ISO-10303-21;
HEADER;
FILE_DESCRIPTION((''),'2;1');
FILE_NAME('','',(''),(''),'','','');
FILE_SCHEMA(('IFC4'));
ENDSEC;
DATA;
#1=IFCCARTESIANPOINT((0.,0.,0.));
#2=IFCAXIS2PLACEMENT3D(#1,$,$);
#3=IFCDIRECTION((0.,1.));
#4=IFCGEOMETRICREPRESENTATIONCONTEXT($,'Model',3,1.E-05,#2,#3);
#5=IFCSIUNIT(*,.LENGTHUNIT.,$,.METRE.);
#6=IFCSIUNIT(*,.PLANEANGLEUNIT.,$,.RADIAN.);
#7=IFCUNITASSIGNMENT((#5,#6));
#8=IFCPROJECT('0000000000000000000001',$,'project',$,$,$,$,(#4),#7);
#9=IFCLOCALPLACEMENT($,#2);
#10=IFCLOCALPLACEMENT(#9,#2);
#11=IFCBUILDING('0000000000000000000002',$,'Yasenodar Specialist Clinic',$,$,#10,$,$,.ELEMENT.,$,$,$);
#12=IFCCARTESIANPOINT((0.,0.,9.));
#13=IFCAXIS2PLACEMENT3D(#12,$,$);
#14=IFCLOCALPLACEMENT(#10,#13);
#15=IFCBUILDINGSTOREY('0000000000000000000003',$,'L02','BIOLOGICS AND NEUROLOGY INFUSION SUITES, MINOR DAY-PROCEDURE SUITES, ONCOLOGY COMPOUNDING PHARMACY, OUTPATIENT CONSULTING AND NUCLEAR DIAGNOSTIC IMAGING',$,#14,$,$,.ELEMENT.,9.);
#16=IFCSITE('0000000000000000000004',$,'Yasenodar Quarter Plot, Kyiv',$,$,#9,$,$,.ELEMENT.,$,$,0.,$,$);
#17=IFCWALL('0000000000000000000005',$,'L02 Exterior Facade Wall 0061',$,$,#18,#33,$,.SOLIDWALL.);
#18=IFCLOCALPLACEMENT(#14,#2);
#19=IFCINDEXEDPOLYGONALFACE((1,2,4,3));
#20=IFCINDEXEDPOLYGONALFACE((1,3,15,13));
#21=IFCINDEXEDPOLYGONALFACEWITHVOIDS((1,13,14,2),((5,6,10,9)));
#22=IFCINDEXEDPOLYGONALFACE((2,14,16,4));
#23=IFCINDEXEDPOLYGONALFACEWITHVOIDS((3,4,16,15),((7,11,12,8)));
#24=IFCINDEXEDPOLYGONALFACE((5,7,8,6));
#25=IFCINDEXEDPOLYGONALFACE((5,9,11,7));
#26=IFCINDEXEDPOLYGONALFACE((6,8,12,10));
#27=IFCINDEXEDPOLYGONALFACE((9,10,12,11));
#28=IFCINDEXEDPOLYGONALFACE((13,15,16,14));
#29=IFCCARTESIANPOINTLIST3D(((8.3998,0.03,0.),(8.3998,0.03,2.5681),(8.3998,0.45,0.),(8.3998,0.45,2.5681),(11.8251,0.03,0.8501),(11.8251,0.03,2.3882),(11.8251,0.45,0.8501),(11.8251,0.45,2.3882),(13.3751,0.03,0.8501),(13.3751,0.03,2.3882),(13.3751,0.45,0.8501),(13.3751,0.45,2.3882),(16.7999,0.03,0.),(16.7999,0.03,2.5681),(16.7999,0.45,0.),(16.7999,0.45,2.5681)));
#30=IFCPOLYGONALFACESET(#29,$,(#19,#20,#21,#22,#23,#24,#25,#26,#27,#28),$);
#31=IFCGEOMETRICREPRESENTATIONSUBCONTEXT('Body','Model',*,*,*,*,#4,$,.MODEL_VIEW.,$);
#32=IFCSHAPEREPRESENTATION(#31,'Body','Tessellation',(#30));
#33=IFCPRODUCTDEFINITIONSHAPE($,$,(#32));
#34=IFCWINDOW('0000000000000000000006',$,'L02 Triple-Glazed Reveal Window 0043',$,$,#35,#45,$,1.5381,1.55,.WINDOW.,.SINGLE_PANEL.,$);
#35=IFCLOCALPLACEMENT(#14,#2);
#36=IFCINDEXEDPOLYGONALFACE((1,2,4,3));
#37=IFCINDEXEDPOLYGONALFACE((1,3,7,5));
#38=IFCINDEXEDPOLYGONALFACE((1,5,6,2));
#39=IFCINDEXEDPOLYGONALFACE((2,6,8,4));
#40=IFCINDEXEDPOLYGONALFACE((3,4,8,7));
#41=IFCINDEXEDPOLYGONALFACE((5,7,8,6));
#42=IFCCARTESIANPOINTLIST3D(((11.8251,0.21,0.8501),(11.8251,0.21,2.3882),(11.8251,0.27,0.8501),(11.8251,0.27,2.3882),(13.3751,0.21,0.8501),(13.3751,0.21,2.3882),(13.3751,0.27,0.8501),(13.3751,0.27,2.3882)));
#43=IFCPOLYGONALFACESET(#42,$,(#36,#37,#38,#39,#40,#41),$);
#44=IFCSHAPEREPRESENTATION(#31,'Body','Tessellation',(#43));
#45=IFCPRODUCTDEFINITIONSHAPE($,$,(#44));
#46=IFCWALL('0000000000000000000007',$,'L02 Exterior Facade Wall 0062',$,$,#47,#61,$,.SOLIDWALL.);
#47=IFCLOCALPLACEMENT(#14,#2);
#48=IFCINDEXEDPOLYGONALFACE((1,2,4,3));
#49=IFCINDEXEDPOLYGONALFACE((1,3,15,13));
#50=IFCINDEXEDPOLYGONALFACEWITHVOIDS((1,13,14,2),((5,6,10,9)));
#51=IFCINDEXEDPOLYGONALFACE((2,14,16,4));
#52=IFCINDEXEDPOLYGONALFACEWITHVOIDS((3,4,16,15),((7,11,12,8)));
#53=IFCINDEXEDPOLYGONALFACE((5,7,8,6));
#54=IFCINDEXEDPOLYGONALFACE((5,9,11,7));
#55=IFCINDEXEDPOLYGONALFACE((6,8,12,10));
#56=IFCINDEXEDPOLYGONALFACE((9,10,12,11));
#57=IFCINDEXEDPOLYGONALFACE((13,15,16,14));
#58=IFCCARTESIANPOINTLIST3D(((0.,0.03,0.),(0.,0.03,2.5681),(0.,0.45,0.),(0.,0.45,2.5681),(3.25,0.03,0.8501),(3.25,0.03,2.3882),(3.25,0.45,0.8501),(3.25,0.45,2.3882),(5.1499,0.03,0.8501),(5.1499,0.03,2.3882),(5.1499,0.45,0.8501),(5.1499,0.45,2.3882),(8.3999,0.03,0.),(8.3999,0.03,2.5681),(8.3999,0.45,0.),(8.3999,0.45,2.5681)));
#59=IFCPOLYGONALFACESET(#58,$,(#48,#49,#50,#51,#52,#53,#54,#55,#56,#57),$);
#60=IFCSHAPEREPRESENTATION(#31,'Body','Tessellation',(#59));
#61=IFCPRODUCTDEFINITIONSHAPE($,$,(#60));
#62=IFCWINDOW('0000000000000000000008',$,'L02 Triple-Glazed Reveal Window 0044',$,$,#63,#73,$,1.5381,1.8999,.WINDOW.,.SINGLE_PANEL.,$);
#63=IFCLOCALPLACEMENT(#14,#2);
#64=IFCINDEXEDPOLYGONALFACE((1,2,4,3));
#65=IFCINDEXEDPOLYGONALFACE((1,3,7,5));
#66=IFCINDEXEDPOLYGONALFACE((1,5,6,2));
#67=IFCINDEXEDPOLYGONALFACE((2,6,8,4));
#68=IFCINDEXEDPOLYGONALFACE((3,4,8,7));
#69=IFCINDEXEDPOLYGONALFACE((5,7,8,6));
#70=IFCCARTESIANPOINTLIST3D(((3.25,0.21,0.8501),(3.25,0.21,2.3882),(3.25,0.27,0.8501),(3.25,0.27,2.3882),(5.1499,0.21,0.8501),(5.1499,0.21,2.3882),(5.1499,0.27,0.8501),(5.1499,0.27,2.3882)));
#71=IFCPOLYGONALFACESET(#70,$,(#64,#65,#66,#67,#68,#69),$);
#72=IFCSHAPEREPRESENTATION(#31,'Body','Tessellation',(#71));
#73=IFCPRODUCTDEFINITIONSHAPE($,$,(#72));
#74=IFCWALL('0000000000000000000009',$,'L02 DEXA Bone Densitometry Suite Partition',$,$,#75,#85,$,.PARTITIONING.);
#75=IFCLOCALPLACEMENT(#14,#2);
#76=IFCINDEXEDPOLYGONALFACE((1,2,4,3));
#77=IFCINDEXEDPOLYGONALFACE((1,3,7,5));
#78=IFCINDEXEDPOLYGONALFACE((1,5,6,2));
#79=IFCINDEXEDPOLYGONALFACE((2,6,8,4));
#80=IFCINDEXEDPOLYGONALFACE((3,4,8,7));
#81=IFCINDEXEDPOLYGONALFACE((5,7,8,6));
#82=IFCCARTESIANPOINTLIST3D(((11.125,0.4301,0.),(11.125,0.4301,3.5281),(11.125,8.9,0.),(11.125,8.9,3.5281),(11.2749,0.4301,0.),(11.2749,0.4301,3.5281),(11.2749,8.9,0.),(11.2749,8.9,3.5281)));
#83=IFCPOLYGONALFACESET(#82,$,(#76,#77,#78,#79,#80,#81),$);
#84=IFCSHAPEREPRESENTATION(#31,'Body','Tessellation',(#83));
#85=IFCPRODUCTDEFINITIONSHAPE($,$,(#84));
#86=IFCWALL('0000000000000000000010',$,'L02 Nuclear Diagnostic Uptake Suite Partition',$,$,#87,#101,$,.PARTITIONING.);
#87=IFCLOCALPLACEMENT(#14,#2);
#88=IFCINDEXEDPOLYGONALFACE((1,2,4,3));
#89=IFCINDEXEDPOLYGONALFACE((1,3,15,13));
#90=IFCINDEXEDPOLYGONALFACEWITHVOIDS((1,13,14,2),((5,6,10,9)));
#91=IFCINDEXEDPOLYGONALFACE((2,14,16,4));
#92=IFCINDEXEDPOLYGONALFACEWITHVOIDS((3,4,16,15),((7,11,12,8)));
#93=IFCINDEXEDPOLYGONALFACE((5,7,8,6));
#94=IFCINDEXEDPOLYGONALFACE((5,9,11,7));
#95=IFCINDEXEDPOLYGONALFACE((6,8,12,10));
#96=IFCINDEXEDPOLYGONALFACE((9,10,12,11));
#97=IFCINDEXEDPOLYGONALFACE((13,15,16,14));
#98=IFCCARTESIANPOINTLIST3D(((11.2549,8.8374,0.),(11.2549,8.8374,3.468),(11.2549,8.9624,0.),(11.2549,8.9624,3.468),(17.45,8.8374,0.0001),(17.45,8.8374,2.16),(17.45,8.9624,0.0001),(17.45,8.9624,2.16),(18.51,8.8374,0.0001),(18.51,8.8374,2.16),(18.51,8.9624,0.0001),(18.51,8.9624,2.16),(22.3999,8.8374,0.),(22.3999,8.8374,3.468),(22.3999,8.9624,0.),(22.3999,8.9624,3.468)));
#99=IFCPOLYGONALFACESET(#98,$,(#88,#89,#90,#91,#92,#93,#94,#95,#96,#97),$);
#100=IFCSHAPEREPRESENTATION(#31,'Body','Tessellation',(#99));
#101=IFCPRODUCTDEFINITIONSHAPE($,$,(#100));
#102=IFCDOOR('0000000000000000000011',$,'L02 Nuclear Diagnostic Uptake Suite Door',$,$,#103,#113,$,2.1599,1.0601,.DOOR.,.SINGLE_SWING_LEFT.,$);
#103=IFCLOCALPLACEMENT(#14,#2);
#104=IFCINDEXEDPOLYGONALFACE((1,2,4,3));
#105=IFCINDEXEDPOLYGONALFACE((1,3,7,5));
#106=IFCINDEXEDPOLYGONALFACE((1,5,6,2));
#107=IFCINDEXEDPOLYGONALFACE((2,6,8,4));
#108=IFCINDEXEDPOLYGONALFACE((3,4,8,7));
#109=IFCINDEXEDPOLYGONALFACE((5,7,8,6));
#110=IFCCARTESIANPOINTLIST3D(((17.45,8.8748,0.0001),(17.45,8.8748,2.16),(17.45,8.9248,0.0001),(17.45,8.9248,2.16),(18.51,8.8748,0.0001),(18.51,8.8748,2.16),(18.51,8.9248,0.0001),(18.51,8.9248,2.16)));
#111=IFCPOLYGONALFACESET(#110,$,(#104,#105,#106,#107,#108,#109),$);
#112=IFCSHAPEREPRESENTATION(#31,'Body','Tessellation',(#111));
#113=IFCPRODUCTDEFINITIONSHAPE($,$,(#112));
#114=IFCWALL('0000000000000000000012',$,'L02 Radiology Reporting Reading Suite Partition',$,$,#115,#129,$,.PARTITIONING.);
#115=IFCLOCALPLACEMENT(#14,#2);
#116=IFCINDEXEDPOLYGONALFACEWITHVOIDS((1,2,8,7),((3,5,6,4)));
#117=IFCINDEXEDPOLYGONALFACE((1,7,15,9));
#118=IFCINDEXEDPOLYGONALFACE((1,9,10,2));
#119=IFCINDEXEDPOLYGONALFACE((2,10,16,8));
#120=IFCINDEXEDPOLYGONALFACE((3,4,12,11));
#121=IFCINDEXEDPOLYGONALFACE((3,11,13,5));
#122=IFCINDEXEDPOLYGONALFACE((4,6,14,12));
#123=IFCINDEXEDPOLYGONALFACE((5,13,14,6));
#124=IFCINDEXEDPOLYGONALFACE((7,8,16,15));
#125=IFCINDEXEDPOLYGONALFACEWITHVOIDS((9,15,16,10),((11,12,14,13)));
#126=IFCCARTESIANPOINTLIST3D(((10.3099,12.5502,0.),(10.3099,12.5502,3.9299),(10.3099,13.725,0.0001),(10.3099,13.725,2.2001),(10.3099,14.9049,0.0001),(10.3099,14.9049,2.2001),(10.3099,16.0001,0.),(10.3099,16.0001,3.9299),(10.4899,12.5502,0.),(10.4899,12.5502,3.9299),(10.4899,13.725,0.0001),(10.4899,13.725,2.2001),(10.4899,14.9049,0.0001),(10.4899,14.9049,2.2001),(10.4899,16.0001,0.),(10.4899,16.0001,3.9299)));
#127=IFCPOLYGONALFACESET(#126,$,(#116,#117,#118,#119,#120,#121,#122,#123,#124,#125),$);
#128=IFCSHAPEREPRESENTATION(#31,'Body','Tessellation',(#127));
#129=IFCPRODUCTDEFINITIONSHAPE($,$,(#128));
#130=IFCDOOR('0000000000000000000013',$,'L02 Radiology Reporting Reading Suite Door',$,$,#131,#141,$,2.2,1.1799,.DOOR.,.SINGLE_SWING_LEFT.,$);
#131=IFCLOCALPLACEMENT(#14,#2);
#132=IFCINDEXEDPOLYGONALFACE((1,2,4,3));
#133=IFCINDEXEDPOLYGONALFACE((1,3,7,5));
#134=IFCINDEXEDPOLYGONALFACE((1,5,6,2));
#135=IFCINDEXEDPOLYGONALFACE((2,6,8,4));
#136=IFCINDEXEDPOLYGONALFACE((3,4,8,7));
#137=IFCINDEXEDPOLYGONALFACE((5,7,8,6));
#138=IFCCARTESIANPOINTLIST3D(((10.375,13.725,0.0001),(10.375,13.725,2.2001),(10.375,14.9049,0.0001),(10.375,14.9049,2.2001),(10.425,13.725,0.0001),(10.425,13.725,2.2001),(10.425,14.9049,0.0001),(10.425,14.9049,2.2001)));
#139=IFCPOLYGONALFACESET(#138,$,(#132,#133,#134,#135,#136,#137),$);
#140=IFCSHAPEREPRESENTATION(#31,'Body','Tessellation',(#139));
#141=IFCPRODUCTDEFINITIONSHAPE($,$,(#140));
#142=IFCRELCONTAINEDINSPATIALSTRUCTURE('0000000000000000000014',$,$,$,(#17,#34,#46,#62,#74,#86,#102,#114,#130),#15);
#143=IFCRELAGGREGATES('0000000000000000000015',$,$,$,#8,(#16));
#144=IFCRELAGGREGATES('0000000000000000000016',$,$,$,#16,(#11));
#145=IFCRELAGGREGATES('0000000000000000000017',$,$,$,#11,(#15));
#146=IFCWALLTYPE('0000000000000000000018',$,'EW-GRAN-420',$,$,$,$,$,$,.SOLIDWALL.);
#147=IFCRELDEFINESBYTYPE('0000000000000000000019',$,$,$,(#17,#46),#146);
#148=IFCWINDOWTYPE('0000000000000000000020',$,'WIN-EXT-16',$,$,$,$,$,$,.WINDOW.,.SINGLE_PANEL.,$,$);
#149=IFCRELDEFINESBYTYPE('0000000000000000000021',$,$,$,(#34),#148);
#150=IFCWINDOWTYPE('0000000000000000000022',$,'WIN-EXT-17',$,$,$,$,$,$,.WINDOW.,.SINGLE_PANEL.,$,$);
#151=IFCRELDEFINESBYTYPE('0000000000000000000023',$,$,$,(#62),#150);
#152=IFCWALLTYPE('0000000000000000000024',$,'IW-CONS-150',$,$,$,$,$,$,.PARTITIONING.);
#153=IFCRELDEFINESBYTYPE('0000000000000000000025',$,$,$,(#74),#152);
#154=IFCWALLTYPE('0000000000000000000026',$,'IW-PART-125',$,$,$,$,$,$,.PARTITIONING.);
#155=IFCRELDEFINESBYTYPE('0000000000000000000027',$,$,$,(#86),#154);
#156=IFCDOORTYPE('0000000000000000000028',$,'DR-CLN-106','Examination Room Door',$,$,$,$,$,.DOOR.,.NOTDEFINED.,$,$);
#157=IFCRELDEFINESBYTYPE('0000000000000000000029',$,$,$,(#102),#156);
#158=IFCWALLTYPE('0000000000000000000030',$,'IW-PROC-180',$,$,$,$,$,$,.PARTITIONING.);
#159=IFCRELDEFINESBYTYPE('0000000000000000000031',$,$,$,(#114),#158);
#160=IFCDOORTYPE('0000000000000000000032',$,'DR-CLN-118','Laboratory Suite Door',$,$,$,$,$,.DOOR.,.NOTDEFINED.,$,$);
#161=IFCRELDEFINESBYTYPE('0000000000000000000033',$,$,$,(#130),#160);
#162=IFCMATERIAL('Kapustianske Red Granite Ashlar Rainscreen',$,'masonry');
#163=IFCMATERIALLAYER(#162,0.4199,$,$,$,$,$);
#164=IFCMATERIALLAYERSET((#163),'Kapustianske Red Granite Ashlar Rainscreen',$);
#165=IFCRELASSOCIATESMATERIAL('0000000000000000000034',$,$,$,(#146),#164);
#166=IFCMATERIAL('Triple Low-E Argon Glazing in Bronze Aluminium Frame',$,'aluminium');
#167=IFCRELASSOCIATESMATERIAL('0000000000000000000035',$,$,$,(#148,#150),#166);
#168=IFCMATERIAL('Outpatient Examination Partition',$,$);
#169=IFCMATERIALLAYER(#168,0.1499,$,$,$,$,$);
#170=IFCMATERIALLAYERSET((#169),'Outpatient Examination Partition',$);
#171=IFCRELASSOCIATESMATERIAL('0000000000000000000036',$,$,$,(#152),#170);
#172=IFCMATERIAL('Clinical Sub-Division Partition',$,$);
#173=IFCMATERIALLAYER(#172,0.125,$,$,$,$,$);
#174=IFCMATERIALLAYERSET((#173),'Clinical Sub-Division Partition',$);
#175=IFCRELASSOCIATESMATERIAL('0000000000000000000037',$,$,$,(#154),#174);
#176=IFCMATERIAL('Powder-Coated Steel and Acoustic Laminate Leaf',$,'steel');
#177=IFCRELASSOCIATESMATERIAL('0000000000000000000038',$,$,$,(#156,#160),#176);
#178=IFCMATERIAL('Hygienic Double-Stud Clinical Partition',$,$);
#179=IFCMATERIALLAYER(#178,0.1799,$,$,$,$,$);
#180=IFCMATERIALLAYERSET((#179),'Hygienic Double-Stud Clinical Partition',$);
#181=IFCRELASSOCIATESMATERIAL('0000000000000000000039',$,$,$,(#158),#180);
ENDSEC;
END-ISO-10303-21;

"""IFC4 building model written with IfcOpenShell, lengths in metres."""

from ifc_helpers import new_model, si_unit, direction, frame, frame_2d, origin, place, context, subcontext, project, spatial, rectangle, extrude, material, layer, layer_set, type_object, element, fill, save


model = new_model("IFC4")

# Units and contexts
model_context = context("Model", 3, precision=1e-05, world=origin(), true_north=direction((0.0, 1.0)))
body_context = subcontext(model_context, "Body", "Model", "MODEL_VIEW")
ifc_project = project(units=[si_unit("LENGTHUNIT", "METRE"), si_unit("PLANEANGLEUNIT", "RADIAN")], contexts=[model_context])

# Site, building, storey
site_placement = place(None, origin())
site = spatial("IfcSite", under=ifc_project, at=site_placement, Name="Yasenodar Quarter Plot, Kyiv", CompositionType="ELEMENT", RefElevation=0.0)
building_placement = place(site_placement, origin())
building = spatial("IfcBuilding", under=site, at=building_placement, Name="Yasenodar Specialist Clinic", CompositionType="ELEMENT")
storey_placement = place(building_placement, frame((0.0, 0.0, 9.0)))
storey = spatial("IfcBuildingStorey", under=building, at=storey_placement, Name="L02", Description="BIOLOGICS AND NEUROLOGY INFUSION SUITES, MINOR DAY-PROCEDURE SUITES, ONCOLOGY COMPOUNDING PHARMACY, OUTPATIENT CONSULTING AND NUCLEAR DIAGNOSTIC IMAGING", CompositionType="ELEMENT", Elevation=9.0)

# Walls, openings, windows
ifc_material_1 = material(Name="Kapustianske Red Granite Ashlar Rainscreen", Category="masonry")
ifc_layer_1 = layer(ifc_material_1, 0.4199)
ifc_layer_set_1 = layer_set([ifc_layer_1], Name="Kapustianske Red Granite Ashlar Rainscreen")
wall_type_1 = type_object("IfcWallType", Name="EW-GRAN-420", PredefinedType="SOLIDWALL", material=ifc_layer_set_1)
wall_1_placement = place(storey_placement, frame((16.8, 0.24, 0.0), z_axis=(0.0, 0.0, 1.0), x_axis=(-1.0, 0.0, 0.0)))
wall_1 = element("IfcWall", 1, at=wall_1_placement, inside=storey, type_object=wall_type_1, Name="L02 Exterior Facade Wall 0061", PredefinedType="SOLIDWALL", context=body_context, shape_type="SweptSolid", body=[
    extrude(rectangle(XDim=8.4001, YDim=0.4199, at=frame_2d((4.2002, 0.0))), origin(), (0.0, 0.0, 1.0), 2.5681),
])
opening_1_placement = place(wall_1_placement, frame((3.425, 0.0, 0.8501)))
opening_1 = element("IfcOpeningElement", 2, at=opening_1_placement, cuts=wall_1, PredefinedType="OPENING", context=body_context, shape_type="SweptSolid", body=[
    extrude(rectangle(XDim=1.55, YDim=1.5381, at=frame_2d((0.7749, 0.769))), frame((0.0, 0.22, 0.0), z_axis=(0.0, -1.0, 0.0), x_axis=(1.0, 0.0, 0.0)), (0.0, 0.0, 1.0), 0.4399),
])
ifc_material_2 = material(Name="Triple Low-E Argon Glazing in Bronze Aluminium Frame", Category="aluminium")
window_type_1 = type_object("IfcWindowType", Name="WIN-EXT-16", PartitioningType="SINGLE_PANEL", PredefinedType="WINDOW", material=ifc_material_2)
window_1_placement = place(opening_1_placement, origin())
window_1 = element("IfcWindow", 3, at=window_1_placement, inside=storey, type_object=window_type_1, Name="L02 Triple-Glazed Reveal Window 0043", OverallHeight=1.5381, OverallWidth=1.55, PartitioningType="SINGLE_PANEL", PredefinedType="WINDOW", context=body_context, shape_type="SweptSolid", body=[
    extrude(rectangle(XDim=1.55, YDim=1.5381, at=frame_2d((0.7749, 0.769))), frame((0.0, 0.03, 0.0), z_axis=(0.0, -1.0, 0.0), x_axis=(1.0, 0.0, 0.0)), (0.0, 0.0, 1.0), 0.0601),
])
fill(opening_1, window_1)
wall_2_placement = place(storey_placement, frame((8.3999, 0.24, 0.0), z_axis=(0.0, 0.0, 1.0), x_axis=(-1.0, 0.0, 0.0)))
wall_2 = element("IfcWall", 4, at=wall_2_placement, inside=storey, type_object=wall_type_1, Name="L02 Exterior Facade Wall 0062", PredefinedType="SOLIDWALL", context=body_context, shape_type="SweptSolid", body=[
    extrude(rectangle(XDim=8.3999, YDim=0.4199, at=frame_2d((4.2, 0.0))), origin(), (0.0, 0.0, 1.0), 2.5681),
])
opening_2_placement = place(wall_2_placement, frame((3.25, 0.0, 0.8501)))
opening_2 = element("IfcOpeningElement", 5, at=opening_2_placement, cuts=wall_2, PredefinedType="OPENING", context=body_context, shape_type="SweptSolid", body=[
    extrude(rectangle(XDim=1.8999, YDim=1.5381, at=frame_2d((0.95, 0.769))), frame((0.0, 0.22, 0.0), z_axis=(0.0, -1.0, 0.0), x_axis=(1.0, 0.0, 0.0)), (0.0, 0.0, 1.0), 0.4399),
])
window_type_2 = type_object("IfcWindowType", Name="WIN-EXT-17", PartitioningType="SINGLE_PANEL", PredefinedType="WINDOW", material=ifc_material_2)
window_2_placement = place(opening_2_placement, origin())
window_2 = element("IfcWindow", 6, at=window_2_placement, inside=storey, type_object=window_type_2, Name="L02 Triple-Glazed Reveal Window 0044", OverallHeight=1.5381, OverallWidth=1.8999, PartitioningType="SINGLE_PANEL", PredefinedType="WINDOW", context=body_context, shape_type="SweptSolid", body=[
    extrude(rectangle(XDim=1.8999, YDim=1.5381, at=frame_2d((0.95, 0.769))), frame((0.0, 0.03, 0.0), z_axis=(0.0, -1.0, 0.0), x_axis=(1.0, 0.0, 0.0)), (0.0, 0.0, 1.0), 0.0601),
])
fill(opening_2, window_2)

# Wall
ifc_material_3 = material(Name="Outpatient Examination Partition")
ifc_layer_2 = layer(ifc_material_3, 0.1499)
ifc_layer_set_2 = layer_set([ifc_layer_2], Name="Outpatient Examination Partition")
wall_type_2 = type_object("IfcWallType", Name="IW-CONS-150", PredefinedType="PARTITIONING", material=ifc_layer_set_2)
wall_3_placement = place(storey_placement, frame((11.2, 8.8999, 0.0), z_axis=(0.0, 0.0, 1.0), x_axis=(0.0, -1.0, 0.0)))
element("IfcWall", 7, at=wall_3_placement, inside=storey, type_object=wall_type_2, Name="L02 DEXA Bone Densitometry Suite Partition", PredefinedType="PARTITIONING", context=body_context, shape_type="SweptSolid", body=[
    extrude(rectangle(XDim=8.47, YDim=0.1499, at=frame_2d((4.2349, 0.0))), origin(), (0.0, 0.0, 1.0), 3.5281),
])

# Walls, openings, doors
ifc_material_4 = material(Name="Clinical Sub-Division Partition")
ifc_layer_3 = layer(ifc_material_4, 0.125)
ifc_layer_set_3 = layer_set([ifc_layer_3], Name="Clinical Sub-Division Partition")
wall_type_3 = type_object("IfcWallType", Name="IW-PART-125", PredefinedType="PARTITIONING", material=ifc_layer_set_3)
wall_4_placement = place(storey_placement, frame((11.2549, 8.8999, 0.0), z_axis=(0.0, 0.0, 1.0), x_axis=(1.0, 0.0, 0.0)))
wall_4 = element("IfcWall", 8, at=wall_4_placement, inside=storey, type_object=wall_type_3, Name="L02 Nuclear Diagnostic Uptake Suite Partition", PredefinedType="PARTITIONING", context=body_context, shape_type="SweptSolid", body=[
    extrude(rectangle(XDim=11.145, YDim=0.125, at=frame_2d((5.5725, 0.0))), origin(), (0.0, 0.0, 1.0), 3.468),
])
opening_3_placement = place(wall_4_placement, frame((6.1951, 0.0, 0.0)))
opening_3 = element("IfcOpeningElement", 9, at=opening_3_placement, cuts=wall_4, PredefinedType="OPENING", context=body_context, shape_type="SweptSolid", body=[
    extrude(rectangle(XDim=1.0601, YDim=2.1599, at=frame_2d((0.53, 1.0801))), frame((0.0, 0.0725, 0.0), z_axis=(0.0, -1.0, 0.0), x_axis=(1.0, 0.0, 0.0)), (0.0, 0.0, 1.0), 0.145),
])
ifc_material_5 = material(Name="Powder-Coated Steel and Acoustic Laminate Leaf", Category="steel")
door_type_1 = type_object("IfcDoorType", Name="DR-CLN-106", Description="Examination Room Door", OperationType="NOTDEFINED", PredefinedType="DOOR", material=ifc_material_5)
door_1_placement = place(opening_3_placement, origin())
door_1 = element("IfcDoor", 10, at=door_1_placement, inside=storey, type_object=door_type_1, Name="L02 Nuclear Diagnostic Uptake Suite Door", OperationType="SINGLE_SWING_LEFT", OverallHeight=2.1599, OverallWidth=1.0601, PredefinedType="DOOR", context=body_context, shape_type="SweptSolid", body=[
    extrude(rectangle(XDim=1.0601, YDim=2.1599, at=frame_2d((0.53, 1.0801))), frame((0.0, 0.0249, 0.0), z_axis=(0.0, -1.0, 0.0), x_axis=(1.0, 0.0, 0.0)), (0.0, 0.0, 1.0), 0.05),
])
fill(opening_3, door_1)
ifc_material_6 = material(Name="Hygienic Double-Stud Clinical Partition")
ifc_layer_4 = layer(ifc_material_6, 0.1799)
ifc_layer_set_4 = layer_set([ifc_layer_4], Name="Hygienic Double-Stud Clinical Partition")
wall_type_4 = type_object("IfcWallType", Name="IW-PROC-180", PredefinedType="PARTITIONING", material=ifc_layer_set_4)
wall_5_placement = place(storey_placement, frame((10.3999, 12.55, 0.0), z_axis=(0.0, 0.0, 1.0), x_axis=(0.0, 1.0, 0.0)))
wall_5 = element("IfcWall", 11, at=wall_5_placement, inside=storey, type_object=wall_type_4, Name="L02 Radiology Reporting Reading Suite Partition", PredefinedType="PARTITIONING", context=body_context, shape_type="SweptSolid", body=[
    extrude(rectangle(XDim=3.45, YDim=0.1799, at=frame_2d((1.7251, 0.0))), origin(), (0.0, 0.0, 1.0), 3.9299),
])
opening_4_placement = place(wall_5_placement, frame((1.175, 0.0, 0.0)))
opening_4 = element("IfcOpeningElement", 12, at=opening_4_placement, cuts=wall_5, PredefinedType="OPENING", context=body_context, shape_type="SweptSolid", body=[
    extrude(rectangle(XDim=1.1799, YDim=2.2, at=frame_2d((0.5898, 1.1001))), frame((0.0, 0.1001, 0.0), z_axis=(0.0, -1.0, 0.0), x_axis=(1.0, 0.0, 0.0)), (0.0, 0.0, 1.0), 0.2),
])
door_type_2 = type_object("IfcDoorType", Name="DR-CLN-118", Description="Laboratory Suite Door", OperationType="NOTDEFINED", PredefinedType="DOOR", material=ifc_material_5)
door_2_placement = place(opening_4_placement, origin())
door_2 = element("IfcDoor", 13, at=door_2_placement, inside=storey, type_object=door_type_2, Name="L02 Radiology Reporting Reading Suite Door", OperationType="SINGLE_SWING_LEFT", OverallHeight=2.2, OverallWidth=1.1799, PredefinedType="DOOR", context=body_context, shape_type="SweptSolid", body=[
    extrude(rectangle(XDim=1.1799, YDim=2.2, at=frame_2d((0.5898, 1.1001))), frame((0.0, 0.0249, 0.0), z_axis=(0.0, -1.0, 0.0), x_axis=(1.0, 0.0, 0.0)), (0.0, 0.0, 1.0), 0.05),
])
fill(opening_4, door_2)

save(model, "model.ifc")
